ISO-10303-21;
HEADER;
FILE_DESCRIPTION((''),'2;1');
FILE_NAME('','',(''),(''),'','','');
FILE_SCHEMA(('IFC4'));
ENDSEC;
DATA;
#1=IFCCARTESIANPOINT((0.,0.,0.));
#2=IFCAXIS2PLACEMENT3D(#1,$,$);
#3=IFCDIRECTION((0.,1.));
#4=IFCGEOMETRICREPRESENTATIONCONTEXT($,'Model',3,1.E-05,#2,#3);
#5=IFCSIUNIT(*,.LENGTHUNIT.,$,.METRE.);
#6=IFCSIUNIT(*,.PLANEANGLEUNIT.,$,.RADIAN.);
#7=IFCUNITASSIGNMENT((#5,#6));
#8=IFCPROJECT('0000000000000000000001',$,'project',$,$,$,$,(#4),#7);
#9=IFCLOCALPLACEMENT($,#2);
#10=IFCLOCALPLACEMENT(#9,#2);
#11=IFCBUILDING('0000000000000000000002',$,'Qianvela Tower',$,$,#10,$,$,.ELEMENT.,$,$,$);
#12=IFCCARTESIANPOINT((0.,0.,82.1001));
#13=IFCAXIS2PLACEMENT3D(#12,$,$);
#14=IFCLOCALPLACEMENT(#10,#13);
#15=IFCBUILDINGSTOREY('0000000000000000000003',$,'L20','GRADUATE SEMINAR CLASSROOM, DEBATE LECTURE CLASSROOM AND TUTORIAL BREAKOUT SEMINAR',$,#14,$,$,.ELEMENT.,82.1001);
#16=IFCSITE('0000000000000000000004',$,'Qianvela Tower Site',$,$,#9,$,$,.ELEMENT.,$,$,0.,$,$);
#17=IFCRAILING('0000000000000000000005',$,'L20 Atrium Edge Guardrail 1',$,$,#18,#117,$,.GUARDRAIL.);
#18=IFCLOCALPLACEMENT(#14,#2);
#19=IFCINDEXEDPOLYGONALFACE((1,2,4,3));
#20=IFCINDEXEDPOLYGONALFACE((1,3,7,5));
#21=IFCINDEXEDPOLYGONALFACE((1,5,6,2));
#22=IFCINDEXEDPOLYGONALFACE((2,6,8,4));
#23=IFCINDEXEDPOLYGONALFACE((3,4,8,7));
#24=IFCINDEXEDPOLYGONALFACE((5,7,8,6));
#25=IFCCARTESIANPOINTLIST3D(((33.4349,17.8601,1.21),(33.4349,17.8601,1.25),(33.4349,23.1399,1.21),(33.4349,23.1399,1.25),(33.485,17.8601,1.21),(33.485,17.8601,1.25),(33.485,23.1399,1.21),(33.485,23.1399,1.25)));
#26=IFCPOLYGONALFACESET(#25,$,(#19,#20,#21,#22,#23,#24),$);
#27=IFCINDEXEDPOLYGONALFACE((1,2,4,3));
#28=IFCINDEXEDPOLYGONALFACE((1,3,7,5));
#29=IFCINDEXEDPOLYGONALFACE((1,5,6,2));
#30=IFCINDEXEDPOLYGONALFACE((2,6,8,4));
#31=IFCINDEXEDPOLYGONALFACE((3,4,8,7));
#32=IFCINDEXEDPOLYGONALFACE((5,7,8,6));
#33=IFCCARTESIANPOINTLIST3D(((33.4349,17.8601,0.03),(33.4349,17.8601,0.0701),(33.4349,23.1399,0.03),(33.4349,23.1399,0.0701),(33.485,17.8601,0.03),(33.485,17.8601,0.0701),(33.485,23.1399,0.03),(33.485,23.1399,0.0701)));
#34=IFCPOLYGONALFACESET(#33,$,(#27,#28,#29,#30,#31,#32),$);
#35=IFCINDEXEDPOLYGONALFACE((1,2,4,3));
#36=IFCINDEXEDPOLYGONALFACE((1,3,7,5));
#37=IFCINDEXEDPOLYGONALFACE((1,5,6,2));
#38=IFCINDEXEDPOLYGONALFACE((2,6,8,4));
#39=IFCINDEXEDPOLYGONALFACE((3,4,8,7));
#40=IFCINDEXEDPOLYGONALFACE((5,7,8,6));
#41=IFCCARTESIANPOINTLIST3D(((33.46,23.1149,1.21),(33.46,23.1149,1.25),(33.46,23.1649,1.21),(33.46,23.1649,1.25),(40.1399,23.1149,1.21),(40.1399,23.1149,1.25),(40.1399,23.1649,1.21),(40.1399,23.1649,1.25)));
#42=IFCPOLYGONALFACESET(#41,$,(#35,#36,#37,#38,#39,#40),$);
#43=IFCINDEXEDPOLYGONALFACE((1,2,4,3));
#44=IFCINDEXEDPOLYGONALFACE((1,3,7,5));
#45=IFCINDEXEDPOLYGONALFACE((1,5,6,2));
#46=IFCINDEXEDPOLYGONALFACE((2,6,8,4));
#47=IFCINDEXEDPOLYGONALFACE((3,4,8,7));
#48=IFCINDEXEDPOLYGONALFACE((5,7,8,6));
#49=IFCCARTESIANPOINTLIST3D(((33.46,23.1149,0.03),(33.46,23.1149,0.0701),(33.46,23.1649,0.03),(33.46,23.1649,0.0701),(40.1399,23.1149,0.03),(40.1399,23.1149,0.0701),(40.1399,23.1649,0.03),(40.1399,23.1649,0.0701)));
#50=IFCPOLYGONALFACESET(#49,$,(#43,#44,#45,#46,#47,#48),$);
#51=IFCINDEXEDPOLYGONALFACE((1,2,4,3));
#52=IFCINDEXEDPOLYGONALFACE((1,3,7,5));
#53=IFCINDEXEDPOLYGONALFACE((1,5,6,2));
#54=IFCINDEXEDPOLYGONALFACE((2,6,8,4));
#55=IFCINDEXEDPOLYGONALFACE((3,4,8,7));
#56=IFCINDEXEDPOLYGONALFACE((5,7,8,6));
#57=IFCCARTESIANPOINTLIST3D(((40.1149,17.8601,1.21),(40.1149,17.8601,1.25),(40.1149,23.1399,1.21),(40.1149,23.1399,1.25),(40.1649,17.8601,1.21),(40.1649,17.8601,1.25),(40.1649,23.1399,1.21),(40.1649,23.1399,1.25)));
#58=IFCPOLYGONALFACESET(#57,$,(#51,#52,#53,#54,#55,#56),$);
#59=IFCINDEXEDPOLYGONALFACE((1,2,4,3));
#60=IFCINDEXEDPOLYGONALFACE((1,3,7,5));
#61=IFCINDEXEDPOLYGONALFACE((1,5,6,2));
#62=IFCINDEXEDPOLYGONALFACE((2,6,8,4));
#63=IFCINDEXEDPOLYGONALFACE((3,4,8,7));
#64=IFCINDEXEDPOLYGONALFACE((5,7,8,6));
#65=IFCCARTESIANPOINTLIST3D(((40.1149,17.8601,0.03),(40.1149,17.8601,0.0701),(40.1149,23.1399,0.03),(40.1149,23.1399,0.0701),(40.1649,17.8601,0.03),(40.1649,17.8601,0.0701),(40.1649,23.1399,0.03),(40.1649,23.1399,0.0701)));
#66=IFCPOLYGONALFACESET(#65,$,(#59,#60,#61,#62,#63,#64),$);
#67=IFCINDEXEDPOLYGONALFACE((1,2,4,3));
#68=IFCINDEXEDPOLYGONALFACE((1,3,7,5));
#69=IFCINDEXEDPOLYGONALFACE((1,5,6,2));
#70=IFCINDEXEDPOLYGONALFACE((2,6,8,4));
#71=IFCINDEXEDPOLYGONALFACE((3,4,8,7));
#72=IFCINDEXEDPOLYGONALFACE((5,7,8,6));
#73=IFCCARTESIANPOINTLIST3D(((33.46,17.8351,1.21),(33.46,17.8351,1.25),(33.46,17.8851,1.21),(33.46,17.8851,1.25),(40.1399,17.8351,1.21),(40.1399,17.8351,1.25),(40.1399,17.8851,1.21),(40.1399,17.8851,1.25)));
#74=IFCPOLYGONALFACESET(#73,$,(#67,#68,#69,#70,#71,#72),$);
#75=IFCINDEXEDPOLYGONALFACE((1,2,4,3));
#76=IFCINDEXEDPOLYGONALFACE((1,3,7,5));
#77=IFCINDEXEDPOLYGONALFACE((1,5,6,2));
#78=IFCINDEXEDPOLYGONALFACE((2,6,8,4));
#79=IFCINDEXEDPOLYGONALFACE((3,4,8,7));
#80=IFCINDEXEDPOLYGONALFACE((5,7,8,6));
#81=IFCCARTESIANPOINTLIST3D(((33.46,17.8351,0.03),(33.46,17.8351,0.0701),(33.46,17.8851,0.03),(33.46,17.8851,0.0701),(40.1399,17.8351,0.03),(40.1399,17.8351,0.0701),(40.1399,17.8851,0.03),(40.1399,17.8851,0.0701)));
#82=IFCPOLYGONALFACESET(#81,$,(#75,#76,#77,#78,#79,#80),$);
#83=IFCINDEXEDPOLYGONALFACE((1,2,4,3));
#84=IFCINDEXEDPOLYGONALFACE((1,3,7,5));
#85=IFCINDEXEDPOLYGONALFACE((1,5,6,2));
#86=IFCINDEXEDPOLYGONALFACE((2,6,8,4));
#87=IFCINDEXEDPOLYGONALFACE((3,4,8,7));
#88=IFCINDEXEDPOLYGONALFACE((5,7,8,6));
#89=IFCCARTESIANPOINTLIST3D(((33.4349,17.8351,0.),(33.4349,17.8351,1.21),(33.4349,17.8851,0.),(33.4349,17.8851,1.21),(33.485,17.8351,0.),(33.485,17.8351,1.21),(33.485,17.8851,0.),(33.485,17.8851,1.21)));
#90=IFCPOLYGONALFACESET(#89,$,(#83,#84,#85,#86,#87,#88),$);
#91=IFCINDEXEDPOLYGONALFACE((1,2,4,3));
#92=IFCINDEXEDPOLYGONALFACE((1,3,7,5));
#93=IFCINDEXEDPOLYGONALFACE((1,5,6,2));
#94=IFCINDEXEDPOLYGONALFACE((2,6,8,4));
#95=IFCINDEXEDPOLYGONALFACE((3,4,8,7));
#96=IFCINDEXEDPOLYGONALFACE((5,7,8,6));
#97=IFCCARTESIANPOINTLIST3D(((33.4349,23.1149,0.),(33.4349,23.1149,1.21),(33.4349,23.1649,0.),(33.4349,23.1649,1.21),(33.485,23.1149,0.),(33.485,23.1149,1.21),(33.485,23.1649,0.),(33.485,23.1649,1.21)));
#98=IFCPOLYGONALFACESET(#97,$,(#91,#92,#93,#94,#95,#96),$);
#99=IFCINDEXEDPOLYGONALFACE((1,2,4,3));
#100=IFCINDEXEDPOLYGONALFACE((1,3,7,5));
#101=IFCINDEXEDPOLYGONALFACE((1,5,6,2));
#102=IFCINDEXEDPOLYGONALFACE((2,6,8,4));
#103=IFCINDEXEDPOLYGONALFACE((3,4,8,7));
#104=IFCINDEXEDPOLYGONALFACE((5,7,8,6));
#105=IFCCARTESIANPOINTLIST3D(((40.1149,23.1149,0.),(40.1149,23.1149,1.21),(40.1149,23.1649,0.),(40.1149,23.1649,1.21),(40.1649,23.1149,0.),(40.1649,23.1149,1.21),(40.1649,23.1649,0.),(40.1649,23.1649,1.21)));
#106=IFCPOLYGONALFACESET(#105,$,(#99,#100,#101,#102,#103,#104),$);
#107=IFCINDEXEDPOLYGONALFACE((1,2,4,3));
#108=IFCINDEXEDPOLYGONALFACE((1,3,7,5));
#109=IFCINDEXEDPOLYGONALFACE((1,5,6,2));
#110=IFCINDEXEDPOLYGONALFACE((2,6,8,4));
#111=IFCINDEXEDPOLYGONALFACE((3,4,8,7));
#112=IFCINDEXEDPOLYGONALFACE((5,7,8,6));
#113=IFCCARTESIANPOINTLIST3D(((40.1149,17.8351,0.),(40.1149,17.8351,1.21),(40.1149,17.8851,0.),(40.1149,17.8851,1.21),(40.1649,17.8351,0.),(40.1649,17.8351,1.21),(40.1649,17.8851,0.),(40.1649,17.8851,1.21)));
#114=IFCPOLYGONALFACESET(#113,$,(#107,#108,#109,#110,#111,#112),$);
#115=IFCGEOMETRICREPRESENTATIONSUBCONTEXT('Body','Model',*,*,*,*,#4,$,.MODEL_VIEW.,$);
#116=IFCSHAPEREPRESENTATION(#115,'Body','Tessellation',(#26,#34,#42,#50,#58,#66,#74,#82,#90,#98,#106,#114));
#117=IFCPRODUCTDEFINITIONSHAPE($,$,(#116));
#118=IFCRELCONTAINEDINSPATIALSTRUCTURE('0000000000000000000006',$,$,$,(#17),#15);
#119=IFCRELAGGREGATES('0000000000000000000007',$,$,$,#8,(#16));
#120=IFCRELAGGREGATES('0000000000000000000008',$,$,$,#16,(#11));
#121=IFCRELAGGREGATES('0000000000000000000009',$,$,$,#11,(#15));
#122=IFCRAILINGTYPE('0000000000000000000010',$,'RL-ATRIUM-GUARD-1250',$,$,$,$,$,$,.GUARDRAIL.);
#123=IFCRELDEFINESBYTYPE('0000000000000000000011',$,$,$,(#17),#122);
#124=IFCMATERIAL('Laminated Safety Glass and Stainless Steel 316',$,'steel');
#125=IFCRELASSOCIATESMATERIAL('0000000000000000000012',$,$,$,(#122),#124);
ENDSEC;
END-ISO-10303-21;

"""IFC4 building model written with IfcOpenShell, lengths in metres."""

from ifc_helpers import new_model, si_unit, direction, frame, origin, origin_2d, place, context, subcontext, project, spatial, rectangle, extrude, material, type_object, element, save


model = new_model("IFC4")

# Units and contexts
model_context = context("Model", 3, precision=1e-05, world=origin(), true_north=direction((0.0, 1.0)))
body_context = subcontext(model_context, "Body", "Model", "MODEL_VIEW")
ifc_project = project(units=[si_unit("LENGTHUNIT", "METRE"), si_unit("PLANEANGLEUNIT", "RADIAN")], contexts=[model_context])

# Site, building, storey
site_placement = place(None, origin())
site = spatial("IfcSite", under=ifc_project, at=site_placement, Name="Qianvela Tower Site", CompositionType="ELEMENT", RefElevation=0.0)
building_placement = place(site_placement, origin())
building = spatial("IfcBuilding", under=site, at=building_placement, Name="Qianvela Tower", CompositionType="ELEMENT")
storey_placement = place(building_placement, frame((0.0, 0.0, 82.1001)))
storey = spatial("IfcBuildingStorey", under=building, at=storey_placement, Name="L20", Description="GRADUATE SEMINAR CLASSROOM, DEBATE LECTURE CLASSROOM AND TUTORIAL BREAKOUT SEMINAR", CompositionType="ELEMENT", Elevation=82.1001)

# Railing
ifc_material_1 = material(Name="Laminated Safety Glass and Stainless Steel 316", Category="steel")
railing_type = type_object("IfcRailingType", Name="RL-ATRIUM-GUARD-1250", PredefinedType="GUARDRAIL", material=ifc_material_1)
railing_placement = place(storey_placement, frame((33.46, 17.8601, 0.0)))
element("IfcRailing", 1, at=railing_placement, inside=storey, type_object=railing_type, Name="L20 Atrium Edge Guardrail 1", PredefinedType="GUARDRAIL", context=body_context, shape_type="SweptSolid", body=[
    extrude(rectangle(XDim=0.05, YDim=0.04, at=origin_2d()), frame((0.0, 0.0, 1.23), z_axis=(0.0, 1.0, 0.0), x_axis=(-1.0, 0.0, 0.0)), (0.0, 0.0, 1.0), 5.2798),
    extrude(rectangle(XDim=0.05, YDim=0.04, at=origin_2d()), frame((0.0, 0.0, 0.05), z_axis=(0.0, 1.0, 0.0), x_axis=(-1.0, 0.0, 0.0)), (0.0, 0.0, 1.0), 5.2798),
    extrude(rectangle(XDim=0.05, YDim=0.04, at=origin_2d()), frame((0.0, 5.2798, 1.23), z_axis=(1.0, 0.0, 0.0), x_axis=(0.0, 1.0, 0.0)), (0.0, 0.0, 1.0), 6.6799),
    extrude(rectangle(XDim=0.05, YDim=0.04, at=origin_2d()), frame((0.0, 5.2798, 0.05), z_axis=(1.0, 0.0, 0.0), x_axis=(0.0, 1.0, 0.0)), (0.0, 0.0, 1.0), 6.6799),
    extrude(rectangle(XDim=0.05, YDim=0.04, at=origin_2d()), frame((6.6799, 5.2798, 1.23), z_axis=(0.0, -1.0, 0.0), x_axis=(1.0, 0.0, 0.0)), (0.0, 0.0, 1.0), 5.2798),
    extrude(rectangle(XDim=0.05, YDim=0.04, at=origin_2d()), frame((6.6799, 5.2798, 0.05), z_axis=(0.0, -1.0, 0.0), x_axis=(1.0, 0.0, 0.0)), (0.0, 0.0, 1.0), 5.2798),
    extrude(rectangle(XDim=0.05, YDim=0.04, at=origin_2d()), frame((6.6799, 0.0, 1.23), z_axis=(-1.0, 0.0, 0.0), x_axis=(0.0, -1.0, 0.0)), (0.0, 0.0, 1.0), 6.6799),
    extrude(rectangle(XDim=0.05, YDim=0.04, at=origin_2d()), frame((6.6799, 0.0, 0.05), z_axis=(-1.0, 0.0, 0.0), x_axis=(0.0, -1.0, 0.0)), (0.0, 0.0, 1.0), 6.6799),
    extrude(rectangle(XDim=0.05, YDim=0.05, at=origin_2d()), origin(), (0.0, 0.0, 1.0), 1.21),
    extrude(rectangle(XDim=0.05, YDim=0.05, at=origin_2d()), frame((0.0, 5.2798, 0.0)), (0.0, 0.0, 1.0), 1.21),
    extrude(rectangle(XDim=0.05, YDim=0.05, at=origin_2d()), frame((6.6799, 5.2798, 0.0)), (0.0, 0.0, 1.0), 1.21),
    extrude(rectangle(XDim=0.05, YDim=0.05, at=origin_2d()), frame((6.6799, 0.0, 0.0)), (0.0, 0.0, 1.0), 1.21),
])

save(model, "model.ifc")
